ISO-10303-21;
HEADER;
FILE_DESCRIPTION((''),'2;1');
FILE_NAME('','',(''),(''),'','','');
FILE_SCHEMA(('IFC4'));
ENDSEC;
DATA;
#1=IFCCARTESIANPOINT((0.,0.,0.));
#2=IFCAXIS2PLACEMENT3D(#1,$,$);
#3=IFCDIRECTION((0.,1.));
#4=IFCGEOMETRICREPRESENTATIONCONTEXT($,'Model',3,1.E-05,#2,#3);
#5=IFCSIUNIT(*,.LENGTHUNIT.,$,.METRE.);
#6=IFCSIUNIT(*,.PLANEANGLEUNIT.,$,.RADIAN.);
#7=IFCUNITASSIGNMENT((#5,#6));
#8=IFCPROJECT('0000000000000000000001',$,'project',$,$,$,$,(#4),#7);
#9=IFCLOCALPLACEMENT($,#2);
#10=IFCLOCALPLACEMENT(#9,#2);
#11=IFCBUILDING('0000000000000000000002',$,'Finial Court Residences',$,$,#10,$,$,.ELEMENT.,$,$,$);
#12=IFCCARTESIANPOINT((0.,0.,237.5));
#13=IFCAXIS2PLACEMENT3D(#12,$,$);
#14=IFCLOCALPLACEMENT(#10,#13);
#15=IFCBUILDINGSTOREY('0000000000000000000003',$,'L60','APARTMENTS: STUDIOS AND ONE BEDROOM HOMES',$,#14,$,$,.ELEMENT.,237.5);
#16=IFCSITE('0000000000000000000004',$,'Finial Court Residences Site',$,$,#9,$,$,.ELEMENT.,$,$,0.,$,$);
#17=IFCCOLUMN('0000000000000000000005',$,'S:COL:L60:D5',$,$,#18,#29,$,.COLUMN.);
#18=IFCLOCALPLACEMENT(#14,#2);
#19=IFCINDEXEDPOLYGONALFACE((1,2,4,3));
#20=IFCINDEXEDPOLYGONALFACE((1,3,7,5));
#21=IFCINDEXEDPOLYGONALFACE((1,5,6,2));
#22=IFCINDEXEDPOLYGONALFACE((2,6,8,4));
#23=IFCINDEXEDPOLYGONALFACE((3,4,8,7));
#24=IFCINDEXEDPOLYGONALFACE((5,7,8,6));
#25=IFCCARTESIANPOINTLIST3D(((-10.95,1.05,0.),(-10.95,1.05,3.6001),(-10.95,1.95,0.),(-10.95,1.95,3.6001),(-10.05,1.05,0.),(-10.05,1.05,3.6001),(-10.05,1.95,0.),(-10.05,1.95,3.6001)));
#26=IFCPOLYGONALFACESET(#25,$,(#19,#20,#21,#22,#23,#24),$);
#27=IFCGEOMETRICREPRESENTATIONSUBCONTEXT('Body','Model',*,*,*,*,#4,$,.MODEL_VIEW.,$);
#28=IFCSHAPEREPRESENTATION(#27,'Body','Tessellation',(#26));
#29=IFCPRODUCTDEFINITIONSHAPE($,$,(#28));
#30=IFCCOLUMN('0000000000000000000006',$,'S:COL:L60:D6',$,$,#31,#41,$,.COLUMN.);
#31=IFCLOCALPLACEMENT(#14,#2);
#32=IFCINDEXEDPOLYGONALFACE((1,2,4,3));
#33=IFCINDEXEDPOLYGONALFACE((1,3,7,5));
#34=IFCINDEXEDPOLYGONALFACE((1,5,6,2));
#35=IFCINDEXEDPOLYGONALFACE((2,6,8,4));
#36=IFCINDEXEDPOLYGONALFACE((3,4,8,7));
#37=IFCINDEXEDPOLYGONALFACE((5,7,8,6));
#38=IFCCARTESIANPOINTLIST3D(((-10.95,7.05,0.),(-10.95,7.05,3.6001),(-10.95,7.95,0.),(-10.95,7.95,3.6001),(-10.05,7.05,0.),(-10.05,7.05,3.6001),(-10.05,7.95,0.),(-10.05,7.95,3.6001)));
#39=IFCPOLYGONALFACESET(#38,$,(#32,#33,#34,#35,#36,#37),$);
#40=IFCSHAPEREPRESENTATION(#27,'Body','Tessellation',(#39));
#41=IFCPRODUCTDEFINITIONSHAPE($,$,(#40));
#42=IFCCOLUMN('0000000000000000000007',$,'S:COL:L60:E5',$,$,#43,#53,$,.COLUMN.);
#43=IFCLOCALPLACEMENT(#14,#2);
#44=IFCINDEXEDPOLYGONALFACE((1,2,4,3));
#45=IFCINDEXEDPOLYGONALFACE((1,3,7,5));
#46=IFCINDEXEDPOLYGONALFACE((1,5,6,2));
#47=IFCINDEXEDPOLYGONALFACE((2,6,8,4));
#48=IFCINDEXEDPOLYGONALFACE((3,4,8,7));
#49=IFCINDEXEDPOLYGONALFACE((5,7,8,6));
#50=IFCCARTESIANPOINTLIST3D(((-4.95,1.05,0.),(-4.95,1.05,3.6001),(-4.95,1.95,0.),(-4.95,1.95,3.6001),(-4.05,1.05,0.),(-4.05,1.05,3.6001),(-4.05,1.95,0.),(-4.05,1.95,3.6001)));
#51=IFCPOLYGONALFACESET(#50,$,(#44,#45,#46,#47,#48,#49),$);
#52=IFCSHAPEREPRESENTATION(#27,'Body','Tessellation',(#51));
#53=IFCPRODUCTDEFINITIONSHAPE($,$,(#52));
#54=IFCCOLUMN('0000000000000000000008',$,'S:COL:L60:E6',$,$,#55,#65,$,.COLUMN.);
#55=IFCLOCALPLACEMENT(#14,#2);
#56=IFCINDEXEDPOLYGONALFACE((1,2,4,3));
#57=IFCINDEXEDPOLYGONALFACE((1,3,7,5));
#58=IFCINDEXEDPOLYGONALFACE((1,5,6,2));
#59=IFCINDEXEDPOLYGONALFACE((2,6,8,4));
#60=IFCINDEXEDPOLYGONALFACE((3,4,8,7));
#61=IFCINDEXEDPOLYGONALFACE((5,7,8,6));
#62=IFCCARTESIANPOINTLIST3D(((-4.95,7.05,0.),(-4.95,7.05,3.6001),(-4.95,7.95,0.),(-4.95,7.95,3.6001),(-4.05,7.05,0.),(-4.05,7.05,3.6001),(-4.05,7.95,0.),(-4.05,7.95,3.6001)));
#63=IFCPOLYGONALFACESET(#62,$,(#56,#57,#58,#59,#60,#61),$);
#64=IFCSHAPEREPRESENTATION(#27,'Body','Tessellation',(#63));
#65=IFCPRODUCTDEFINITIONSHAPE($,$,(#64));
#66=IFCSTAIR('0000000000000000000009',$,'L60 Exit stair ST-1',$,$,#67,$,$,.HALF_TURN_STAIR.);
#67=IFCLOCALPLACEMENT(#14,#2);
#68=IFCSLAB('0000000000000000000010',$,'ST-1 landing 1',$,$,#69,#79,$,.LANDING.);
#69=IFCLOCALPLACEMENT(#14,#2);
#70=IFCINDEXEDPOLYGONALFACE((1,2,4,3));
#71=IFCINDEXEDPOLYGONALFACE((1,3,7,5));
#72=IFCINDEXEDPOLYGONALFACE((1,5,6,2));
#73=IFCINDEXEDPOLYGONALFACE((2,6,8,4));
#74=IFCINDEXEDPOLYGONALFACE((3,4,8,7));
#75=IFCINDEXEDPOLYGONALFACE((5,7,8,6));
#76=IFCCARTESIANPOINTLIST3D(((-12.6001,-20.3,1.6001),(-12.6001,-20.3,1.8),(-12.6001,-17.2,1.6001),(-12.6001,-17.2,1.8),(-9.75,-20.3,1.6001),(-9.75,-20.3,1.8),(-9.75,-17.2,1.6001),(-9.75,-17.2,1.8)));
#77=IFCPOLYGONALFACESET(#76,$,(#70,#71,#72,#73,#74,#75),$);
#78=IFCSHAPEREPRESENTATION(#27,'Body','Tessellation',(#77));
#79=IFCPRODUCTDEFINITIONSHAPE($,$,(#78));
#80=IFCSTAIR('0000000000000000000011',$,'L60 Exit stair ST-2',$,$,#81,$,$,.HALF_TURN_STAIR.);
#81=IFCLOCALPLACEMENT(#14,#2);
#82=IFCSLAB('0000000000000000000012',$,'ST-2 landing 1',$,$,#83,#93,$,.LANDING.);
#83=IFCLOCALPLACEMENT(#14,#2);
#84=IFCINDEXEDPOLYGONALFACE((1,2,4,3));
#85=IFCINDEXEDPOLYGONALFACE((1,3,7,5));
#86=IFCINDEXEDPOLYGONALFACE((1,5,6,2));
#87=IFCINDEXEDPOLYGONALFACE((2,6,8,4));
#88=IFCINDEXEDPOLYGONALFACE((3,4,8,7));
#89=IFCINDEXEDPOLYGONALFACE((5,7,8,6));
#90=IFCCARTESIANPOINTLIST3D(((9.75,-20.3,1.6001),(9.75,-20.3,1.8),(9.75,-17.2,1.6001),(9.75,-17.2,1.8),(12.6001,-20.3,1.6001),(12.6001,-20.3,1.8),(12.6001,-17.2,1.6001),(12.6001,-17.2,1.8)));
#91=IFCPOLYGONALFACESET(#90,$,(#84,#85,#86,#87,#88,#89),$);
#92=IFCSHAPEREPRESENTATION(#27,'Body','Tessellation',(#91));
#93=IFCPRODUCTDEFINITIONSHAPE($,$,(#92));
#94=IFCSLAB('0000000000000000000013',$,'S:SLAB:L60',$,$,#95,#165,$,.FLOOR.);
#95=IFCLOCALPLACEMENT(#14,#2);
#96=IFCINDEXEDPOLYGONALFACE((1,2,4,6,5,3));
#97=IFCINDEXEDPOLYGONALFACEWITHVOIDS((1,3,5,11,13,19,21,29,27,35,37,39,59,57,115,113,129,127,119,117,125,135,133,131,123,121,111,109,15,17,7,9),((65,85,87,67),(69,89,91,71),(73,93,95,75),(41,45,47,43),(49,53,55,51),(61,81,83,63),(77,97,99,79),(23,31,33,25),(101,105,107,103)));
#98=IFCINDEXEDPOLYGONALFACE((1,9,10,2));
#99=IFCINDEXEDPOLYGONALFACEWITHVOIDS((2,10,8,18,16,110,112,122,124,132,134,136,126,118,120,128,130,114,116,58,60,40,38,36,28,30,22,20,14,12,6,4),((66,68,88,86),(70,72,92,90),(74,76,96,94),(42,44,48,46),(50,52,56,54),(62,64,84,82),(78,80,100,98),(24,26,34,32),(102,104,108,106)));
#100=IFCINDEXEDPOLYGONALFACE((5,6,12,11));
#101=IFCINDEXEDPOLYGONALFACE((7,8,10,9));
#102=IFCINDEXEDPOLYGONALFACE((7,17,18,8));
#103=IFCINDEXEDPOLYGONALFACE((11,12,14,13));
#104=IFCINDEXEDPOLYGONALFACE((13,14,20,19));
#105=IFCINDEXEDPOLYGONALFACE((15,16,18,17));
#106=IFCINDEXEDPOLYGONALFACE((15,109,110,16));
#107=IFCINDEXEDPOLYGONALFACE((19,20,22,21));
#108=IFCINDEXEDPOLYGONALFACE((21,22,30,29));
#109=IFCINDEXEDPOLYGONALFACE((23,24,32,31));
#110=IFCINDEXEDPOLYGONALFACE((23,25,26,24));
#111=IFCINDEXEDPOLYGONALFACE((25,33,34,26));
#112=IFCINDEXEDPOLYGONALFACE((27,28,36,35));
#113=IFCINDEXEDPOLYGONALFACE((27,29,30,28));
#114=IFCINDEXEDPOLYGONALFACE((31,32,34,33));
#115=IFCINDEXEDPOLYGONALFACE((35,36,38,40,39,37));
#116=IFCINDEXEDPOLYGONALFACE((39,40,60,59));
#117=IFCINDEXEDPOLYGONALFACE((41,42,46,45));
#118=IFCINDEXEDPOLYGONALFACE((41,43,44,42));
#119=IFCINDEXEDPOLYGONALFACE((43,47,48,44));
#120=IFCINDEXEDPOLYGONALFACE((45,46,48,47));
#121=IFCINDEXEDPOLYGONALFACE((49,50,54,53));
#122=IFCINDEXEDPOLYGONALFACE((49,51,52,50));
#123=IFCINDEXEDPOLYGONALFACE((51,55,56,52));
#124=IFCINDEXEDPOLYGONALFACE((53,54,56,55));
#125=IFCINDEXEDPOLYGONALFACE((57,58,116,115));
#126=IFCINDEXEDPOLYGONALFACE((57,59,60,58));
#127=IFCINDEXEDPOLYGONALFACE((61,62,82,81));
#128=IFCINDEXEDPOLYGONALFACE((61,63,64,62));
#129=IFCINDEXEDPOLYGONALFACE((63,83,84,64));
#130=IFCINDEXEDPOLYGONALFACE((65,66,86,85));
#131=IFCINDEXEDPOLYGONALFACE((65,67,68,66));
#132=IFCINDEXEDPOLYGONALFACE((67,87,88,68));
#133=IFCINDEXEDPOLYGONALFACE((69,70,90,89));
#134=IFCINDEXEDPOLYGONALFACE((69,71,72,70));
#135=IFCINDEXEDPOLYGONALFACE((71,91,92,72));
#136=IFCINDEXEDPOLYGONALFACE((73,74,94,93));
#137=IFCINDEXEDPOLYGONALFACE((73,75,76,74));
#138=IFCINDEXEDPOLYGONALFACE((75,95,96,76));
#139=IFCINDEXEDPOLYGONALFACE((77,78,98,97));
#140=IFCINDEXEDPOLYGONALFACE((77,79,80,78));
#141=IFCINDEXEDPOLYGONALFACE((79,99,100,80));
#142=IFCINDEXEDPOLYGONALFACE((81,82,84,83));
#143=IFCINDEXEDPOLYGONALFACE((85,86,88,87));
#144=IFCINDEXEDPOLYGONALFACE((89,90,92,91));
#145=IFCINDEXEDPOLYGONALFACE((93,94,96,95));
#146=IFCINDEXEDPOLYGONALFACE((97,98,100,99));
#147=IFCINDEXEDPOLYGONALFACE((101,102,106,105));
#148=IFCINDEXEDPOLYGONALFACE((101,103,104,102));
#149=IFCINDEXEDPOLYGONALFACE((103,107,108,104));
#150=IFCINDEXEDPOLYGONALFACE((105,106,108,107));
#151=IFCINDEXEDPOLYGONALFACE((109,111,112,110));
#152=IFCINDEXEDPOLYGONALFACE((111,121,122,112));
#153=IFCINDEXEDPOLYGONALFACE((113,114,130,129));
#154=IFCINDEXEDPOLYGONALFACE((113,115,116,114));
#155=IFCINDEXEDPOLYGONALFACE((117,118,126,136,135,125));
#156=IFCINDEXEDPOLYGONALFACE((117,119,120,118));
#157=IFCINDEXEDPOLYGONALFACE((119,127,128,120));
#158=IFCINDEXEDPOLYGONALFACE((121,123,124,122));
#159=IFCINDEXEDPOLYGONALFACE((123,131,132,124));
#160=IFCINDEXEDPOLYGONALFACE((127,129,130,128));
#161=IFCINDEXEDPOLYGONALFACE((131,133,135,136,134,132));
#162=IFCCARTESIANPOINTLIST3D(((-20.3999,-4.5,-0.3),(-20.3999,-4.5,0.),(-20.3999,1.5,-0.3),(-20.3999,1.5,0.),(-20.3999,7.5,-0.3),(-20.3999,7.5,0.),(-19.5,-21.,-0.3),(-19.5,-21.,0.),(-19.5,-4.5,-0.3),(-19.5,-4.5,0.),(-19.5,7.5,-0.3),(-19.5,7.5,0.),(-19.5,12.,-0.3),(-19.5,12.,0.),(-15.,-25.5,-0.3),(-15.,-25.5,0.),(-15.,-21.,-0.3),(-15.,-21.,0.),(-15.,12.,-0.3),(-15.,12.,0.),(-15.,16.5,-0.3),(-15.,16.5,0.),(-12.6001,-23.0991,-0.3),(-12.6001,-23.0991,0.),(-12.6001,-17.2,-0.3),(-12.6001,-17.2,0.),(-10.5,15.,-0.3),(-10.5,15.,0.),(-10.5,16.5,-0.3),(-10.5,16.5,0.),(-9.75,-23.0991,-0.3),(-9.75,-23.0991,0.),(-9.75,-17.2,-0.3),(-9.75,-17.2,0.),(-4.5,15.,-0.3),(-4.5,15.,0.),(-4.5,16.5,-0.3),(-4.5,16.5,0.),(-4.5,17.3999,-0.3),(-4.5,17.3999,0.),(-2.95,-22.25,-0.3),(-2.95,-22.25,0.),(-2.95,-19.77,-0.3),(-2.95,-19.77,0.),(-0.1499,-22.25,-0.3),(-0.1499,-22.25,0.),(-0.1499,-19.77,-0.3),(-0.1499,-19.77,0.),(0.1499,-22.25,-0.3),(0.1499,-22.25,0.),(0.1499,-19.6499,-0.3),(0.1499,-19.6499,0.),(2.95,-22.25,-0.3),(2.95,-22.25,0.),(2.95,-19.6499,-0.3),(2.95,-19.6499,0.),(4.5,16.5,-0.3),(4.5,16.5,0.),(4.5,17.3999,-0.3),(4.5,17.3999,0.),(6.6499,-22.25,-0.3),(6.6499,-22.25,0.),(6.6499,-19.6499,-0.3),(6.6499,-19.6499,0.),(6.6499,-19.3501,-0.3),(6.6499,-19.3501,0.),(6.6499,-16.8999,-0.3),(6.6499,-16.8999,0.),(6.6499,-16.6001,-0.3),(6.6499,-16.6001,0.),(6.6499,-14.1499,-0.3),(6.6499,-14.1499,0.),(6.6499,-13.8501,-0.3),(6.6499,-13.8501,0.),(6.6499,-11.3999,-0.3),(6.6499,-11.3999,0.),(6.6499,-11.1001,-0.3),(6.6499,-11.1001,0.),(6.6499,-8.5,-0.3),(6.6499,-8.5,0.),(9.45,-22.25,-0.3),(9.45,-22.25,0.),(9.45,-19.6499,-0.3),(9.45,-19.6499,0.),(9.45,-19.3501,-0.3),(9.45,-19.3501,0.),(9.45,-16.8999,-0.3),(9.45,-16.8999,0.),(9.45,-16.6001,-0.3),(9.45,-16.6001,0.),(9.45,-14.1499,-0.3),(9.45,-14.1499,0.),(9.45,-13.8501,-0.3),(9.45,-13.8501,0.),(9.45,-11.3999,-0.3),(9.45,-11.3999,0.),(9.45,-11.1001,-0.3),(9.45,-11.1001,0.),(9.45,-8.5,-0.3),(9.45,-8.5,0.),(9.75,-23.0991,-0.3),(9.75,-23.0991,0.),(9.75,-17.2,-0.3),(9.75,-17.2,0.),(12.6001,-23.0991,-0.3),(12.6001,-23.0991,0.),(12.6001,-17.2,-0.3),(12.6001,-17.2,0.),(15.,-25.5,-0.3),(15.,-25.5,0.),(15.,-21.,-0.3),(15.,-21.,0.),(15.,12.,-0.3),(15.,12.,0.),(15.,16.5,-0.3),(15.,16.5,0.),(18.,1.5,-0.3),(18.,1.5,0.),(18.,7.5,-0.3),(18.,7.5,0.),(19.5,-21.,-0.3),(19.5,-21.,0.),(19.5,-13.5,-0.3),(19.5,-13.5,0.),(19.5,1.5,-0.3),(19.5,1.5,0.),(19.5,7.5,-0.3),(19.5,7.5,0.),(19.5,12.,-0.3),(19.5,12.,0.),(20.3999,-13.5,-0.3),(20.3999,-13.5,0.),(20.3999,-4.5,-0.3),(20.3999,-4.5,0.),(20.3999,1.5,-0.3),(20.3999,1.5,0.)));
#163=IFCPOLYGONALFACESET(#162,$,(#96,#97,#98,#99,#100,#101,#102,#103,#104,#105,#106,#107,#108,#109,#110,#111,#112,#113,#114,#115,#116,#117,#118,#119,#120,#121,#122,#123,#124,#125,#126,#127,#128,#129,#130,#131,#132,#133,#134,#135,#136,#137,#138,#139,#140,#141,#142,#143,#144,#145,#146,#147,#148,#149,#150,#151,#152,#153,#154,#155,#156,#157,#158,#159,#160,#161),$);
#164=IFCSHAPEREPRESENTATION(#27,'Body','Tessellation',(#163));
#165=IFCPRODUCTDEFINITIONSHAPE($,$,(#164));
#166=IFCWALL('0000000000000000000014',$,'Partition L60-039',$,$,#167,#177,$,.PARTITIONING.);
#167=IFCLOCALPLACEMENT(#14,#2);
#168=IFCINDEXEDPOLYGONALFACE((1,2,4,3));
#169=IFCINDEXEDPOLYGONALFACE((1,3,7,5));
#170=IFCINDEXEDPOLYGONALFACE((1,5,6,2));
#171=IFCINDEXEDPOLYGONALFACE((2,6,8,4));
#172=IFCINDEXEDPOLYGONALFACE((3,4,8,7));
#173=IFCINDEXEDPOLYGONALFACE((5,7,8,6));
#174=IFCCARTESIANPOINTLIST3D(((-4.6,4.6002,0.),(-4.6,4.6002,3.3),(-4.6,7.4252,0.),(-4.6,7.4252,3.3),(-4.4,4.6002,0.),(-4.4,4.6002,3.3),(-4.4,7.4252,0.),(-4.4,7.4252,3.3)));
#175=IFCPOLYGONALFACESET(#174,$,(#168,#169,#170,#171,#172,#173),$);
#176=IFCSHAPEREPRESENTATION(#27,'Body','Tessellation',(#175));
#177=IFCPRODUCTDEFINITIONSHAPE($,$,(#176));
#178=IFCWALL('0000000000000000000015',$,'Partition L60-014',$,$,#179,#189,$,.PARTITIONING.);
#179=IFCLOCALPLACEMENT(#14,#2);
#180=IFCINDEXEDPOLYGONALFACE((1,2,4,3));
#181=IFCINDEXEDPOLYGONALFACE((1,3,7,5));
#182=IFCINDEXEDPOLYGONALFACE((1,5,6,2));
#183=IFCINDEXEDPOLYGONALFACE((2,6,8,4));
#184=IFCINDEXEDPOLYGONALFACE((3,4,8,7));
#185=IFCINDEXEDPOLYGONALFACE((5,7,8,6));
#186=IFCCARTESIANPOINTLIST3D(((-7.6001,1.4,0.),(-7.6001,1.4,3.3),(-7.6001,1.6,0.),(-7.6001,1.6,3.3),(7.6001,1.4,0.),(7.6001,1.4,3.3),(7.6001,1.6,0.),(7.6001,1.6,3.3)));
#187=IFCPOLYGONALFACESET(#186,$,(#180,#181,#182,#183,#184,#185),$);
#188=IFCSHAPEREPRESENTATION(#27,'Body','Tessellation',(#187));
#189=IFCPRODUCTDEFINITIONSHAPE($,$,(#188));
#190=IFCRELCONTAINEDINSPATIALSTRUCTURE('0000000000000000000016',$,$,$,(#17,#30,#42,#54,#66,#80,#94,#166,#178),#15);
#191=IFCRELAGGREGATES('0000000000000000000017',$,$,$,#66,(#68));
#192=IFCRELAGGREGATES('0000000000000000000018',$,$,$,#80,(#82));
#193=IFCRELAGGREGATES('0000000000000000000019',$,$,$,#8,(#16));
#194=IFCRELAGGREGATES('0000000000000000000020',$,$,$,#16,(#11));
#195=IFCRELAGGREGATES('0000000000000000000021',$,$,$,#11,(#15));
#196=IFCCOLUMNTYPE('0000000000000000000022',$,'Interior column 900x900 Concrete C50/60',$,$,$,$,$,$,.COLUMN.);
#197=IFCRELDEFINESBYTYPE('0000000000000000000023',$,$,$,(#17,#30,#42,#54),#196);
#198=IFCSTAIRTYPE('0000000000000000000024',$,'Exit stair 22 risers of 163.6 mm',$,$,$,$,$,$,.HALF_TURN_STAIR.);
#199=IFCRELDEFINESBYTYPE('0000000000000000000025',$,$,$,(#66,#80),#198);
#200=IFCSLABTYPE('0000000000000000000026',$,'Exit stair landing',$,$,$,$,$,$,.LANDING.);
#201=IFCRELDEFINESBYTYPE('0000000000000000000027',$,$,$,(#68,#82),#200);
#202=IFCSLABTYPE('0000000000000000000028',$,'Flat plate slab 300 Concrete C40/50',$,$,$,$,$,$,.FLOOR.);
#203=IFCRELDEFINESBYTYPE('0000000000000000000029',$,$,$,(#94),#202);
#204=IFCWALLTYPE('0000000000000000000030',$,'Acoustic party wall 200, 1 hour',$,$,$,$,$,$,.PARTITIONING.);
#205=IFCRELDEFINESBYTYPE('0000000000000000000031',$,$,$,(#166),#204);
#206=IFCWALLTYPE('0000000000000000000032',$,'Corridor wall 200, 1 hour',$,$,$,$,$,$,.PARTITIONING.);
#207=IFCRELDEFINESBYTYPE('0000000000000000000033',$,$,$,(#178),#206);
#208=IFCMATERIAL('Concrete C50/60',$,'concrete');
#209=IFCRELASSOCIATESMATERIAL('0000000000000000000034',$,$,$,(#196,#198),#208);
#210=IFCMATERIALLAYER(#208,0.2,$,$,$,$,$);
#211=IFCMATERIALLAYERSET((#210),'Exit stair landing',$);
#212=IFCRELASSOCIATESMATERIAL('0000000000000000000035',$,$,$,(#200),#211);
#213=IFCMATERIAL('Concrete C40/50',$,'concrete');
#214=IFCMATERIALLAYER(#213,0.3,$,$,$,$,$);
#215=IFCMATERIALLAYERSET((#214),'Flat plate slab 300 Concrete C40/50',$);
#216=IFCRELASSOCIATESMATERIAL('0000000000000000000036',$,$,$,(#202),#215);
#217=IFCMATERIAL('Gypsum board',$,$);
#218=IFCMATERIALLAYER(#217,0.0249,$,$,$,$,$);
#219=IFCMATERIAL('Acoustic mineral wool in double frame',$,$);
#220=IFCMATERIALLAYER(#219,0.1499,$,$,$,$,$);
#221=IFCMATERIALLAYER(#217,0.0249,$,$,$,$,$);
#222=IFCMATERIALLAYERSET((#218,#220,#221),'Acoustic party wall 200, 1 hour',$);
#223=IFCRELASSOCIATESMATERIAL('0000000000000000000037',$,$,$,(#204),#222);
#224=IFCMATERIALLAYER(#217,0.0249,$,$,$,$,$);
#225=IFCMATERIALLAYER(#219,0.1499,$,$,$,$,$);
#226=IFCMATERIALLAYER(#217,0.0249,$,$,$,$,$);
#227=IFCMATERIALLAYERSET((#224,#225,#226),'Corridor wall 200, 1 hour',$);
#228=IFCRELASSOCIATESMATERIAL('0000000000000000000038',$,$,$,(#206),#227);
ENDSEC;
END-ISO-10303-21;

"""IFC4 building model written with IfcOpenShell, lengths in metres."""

from ifc_helpers import new_model, si_unit, direction, frame, frame_2d, origin, origin_2d, place, context, subcontext, project, spatial, polyline, rectangle, outline, extrude, material, layer, layer_set, material_profile, profile_set, type_object, element, aggregate, save


model = new_model("IFC4")

# Units and contexts
model_context = context("Model", 3, precision=1e-05, world=origin(), true_north=direction((0.0, 1.0)))
body_context = subcontext(model_context, "Body", "Model", "MODEL_VIEW")
ifc_project = project(units=[si_unit("LENGTHUNIT", "METRE"), si_unit("PLANEANGLEUNIT", "RADIAN")], contexts=[model_context])

# Site, building, storey
site_placement = place(None, origin())
site = spatial("IfcSite", under=ifc_project, at=site_placement, Name="Finial Court Residences Site", CompositionType="ELEMENT", RefElevation=0.0)
building_placement = place(site_placement, origin())
building = spatial("IfcBuilding", under=site, at=building_placement, Name="Finial Court Residences", CompositionType="ELEMENT")
storey_placement = place(building_placement, frame((0.0, 0.0, 237.5)))
storey = spatial("IfcBuildingStorey", under=building, at=storey_placement, Name="L60", Description="APARTMENTS: STUDIOS AND ONE BEDROOM HOMES", CompositionType="ELEMENT", Elevation=237.5)

# Columns
ifc_material_1 = material(Name="Concrete C50/60", Category="concrete")
ifc_material_profile = material_profile(ifc_material_1, rectangle(XDim=0.8999, YDim=0.8999, at=origin_2d()), Name="900x900")
ifc_profile_set = profile_set([ifc_material_profile], Name="Concrete C50/60")
column_type = type_object("IfcColumnType", Name="Interior column 900x900 Concrete C50/60", PredefinedType="COLUMN", material=ifc_profile_set)
for number, where, z_axis, x_axis, name in (
    (1, (-10.5, 1.5, 0.0), (0.0, 0.0, 1.0), (1.0, 0.0, 0.0), "S:COL:L60:D5"),
    (2, (-10.5, 7.5, 0.0), (0.0, 0.0, 1.0), (1.0, 0.0, 0.0), "S:COL:L60:D6"),
    (3, (-4.5, 1.5, 0.0), (0.0, 0.0, 1.0), (1.0, 0.0, 0.0), "S:COL:L60:E5"),
    (4, (-4.5, 7.5, 0.0), (0.0, 0.0, 1.0), (1.0, 0.0, 0.0), "S:COL:L60:E6"),
):
    element("IfcColumn", number, at=place(storey_placement, frame(where, z_axis=z_axis, x_axis=x_axis)), inside=storey, type_object=column_type, Name=name, PredefinedType="COLUMN", context=body_context, shape_type="SweptSolid", body=[
        extrude(rectangle(XDim=0.8999, YDim=0.8999, at=origin_2d()), origin(), (0.0, 0.0, 1.0), 3.6001),
    ])

# Stairs, slabs
stair_type = type_object("IfcStairType", Name="Exit stair 22 risers of 163.6 mm", PredefinedType="HALF_TURN_STAIR", material=ifc_material_1)
stair_1_placement = place(storey_placement, origin())
stair_1 = element("IfcStair", 5, at=stair_1_placement, inside=storey, type_object=stair_type, Name="L60 Exit stair ST-1", PredefinedType="HALF_TURN_STAIR")
ifc_layer_1 = layer(ifc_material_1, 0.2)
ifc_layer_set_1 = layer_set([ifc_layer_1], Name="Exit stair landing")
slab_type_1 = type_object("IfcSlabType", Name="Exit stair landing", PredefinedType="LANDING", material=ifc_layer_set_1)
slab_1_placement = place(storey_placement, frame((0.0, 0.0, 1.6001)))
slab_1 = element("IfcSlab", 6, at=slab_1_placement, type_object=slab_type_1, Name="ST-1 landing 1", PredefinedType="LANDING", context=body_context, shape_type="SweptSolid", body=[
    extrude(outline(polyline([(-9.75, -20.3), (-9.75, -17.2), (-12.6001, -17.2), (-12.6001, -20.3), (-9.75, -20.3)])), origin(), (0.0, 0.0, 1.0), 0.2),
])
aggregate(stair_1, [slab_1])
stair_2_placement = place(storey_placement, origin())
stair_2 = element("IfcStair", 7, at=stair_2_placement, inside=storey, type_object=stair_type, Name="L60 Exit stair ST-2", PredefinedType="HALF_TURN_STAIR")
slab_2_placement = place(storey_placement, frame((0.0, 0.0, 1.6001)))
slab_2 = element("IfcSlab", 8, at=slab_2_placement, type_object=slab_type_1, Name="ST-2 landing 1", PredefinedType="LANDING", context=body_context, shape_type="SweptSolid", body=[
    extrude(outline(polyline([(12.6001, -20.3), (12.6001, -17.2), (9.75, -17.2), (9.75, -20.3), (12.6001, -20.3)])), origin(), (0.0, 0.0, 1.0), 0.2),
])
aggregate(stair_2, [slab_2])

# Slab
ifc_material_2 = material(Name="Concrete C40/50", Category="concrete")
ifc_layer_2 = layer(ifc_material_2, 0.3)
ifc_layer_set_2 = layer_set([ifc_layer_2], Name="Flat plate slab 300 Concrete C40/50")
slab_type_2 = type_object("IfcSlabType", Name="Flat plate slab 300 Concrete C40/50", PredefinedType="FLOOR", material=ifc_layer_set_2)
slab_3_placement = place(storey_placement, frame((0.0, 0.0, -0.3)))
element("IfcSlab", 9, at=slab_3_placement, inside=storey, type_object=slab_type_2, Name="S:SLAB:L60", PredefinedType="FLOOR", context=body_context, shape_type="SweptSolid", body=[
    extrude(outline(polyline([(15.0, -25.5), (-15.0, -25.5), (-15.0, -21.0), (-19.5, -21.0), (-19.5, -4.5), (-20.3999, -4.5), (-20.3999, 1.5), (-20.3999, 7.5), (-19.5, 7.5), (-19.5, 12.0), (-15.0, 12.0), (-15.0, 16.5), (-10.5, 16.5), (-10.5, 15.0), (-4.5, 15.0), (-4.5, 16.5), (-4.5, 17.3999), (4.5, 17.3999), (4.5, 16.5), (15.0, 16.5), (15.0, 12.0), (19.5, 12.0), (19.5, 7.5), (18.0, 7.5), (18.0, 1.5), (19.5, 1.5), (20.3999, 1.5), (20.3999, -4.5), (20.3999, -13.5), (19.5, -13.5), (19.5, -21.0), (15.0, -21.0), (15.0, -25.5)]), holes=[polyline([(-0.1499, -19.77), (-2.95, -19.77), (-2.95, -22.25), (-0.1499, -22.25), (-0.1499, -19.77)]), polyline([(2.95, -19.6499), (0.1499, -19.6499), (0.1499, -22.25), (2.95, -22.25), (2.95, -19.6499)]), polyline([(9.45, -19.6499), (6.6499, -19.6499), (6.6499, -22.25), (9.45, -22.25), (9.45, -19.6499)]), polyline([(-12.6001, -17.2), (-12.6001, -23.0991), (-9.75, -23.0991), (-9.75, -17.2), (-12.6001, -17.2)]), polyline([(9.75, -17.2), (9.75, -23.0991), (12.6001, -23.0991), (12.6001, -17.2), (9.75, -17.2)]), polyline([(9.45, -16.8999), (6.6499, -16.8999), (6.6499, -19.3501), (9.45, -19.3501), (9.45, -16.8999)]), polyline([(9.45, -14.1499), (6.6499, -14.1499), (6.6499, -16.6001), (9.45, -16.6001), (9.45, -14.1499)]), polyline([(9.45, -13.8501), (9.45, -11.3999), (6.6499, -11.3999), (6.6499, -13.8501), (9.45, -13.8501)]), polyline([(9.45, -11.1001), (9.45, -8.5), (6.6499, -8.5), (6.6499, -11.1001), (9.45, -11.1001)])]), origin(), (0.0, 0.0, 1.0), 0.3),
])

# Walls
ifc_material_3 = material(Name="Gypsum board")
ifc_layer_3 = layer(ifc_material_3, 0.0249)
ifc_material_4 = material(Name="Acoustic mineral wool in double frame")
ifc_layer_4 = layer(ifc_material_4, 0.1499)
ifc_layer_5 = layer(ifc_material_3, 0.0249)
ifc_layer_set_3 = layer_set([ifc_layer_3, ifc_layer_4, ifc_layer_5], Name="Acoustic party wall 200, 1 hour")
wall_type_1 = type_object("IfcWallType", Name="Acoustic party wall 200, 1 hour", PredefinedType="PARTITIONING", material=ifc_layer_set_3)
wall_1_placement = place(storey_placement, frame((-4.5, 4.6001, 0.0), z_axis=(0.0, 0.0, 1.0), x_axis=(0.0, 1.0, 0.0)))
element("IfcWall", 10, at=wall_1_placement, inside=storey, type_object=wall_type_1, Name="Partition L60-039", PredefinedType="PARTITIONING", context=body_context, shape_type="SweptSolid", body=[
    extrude(rectangle(XDim=2.825, YDim=0.2, at=frame_2d((1.4126, 0.0))), origin(), (0.0, 0.0, 1.0), 3.3),
])
ifc_layer_6 = layer(ifc_material_3, 0.0249)
ifc_layer_7 = layer(ifc_material_4, 0.1499)
ifc_layer_8 = layer(ifc_material_3, 0.0249)
ifc_layer_set_4 = layer_set([ifc_layer_6, ifc_layer_7, ifc_layer_8], Name="Corridor wall 200, 1 hour")
wall_type_2 = type_object("IfcWallType", Name="Corridor wall 200, 1 hour", PredefinedType="PARTITIONING", material=ifc_layer_set_4)
wall_2_placement = place(storey_placement, frame((-7.6001, 1.5, 0.0), z_axis=(0.0, 0.0, 1.0), x_axis=(1.0, 0.0, 0.0)))
element("IfcWall", 11, at=wall_2_placement, inside=storey, type_object=wall_type_2, Name="Partition L60-014", PredefinedType="PARTITIONING", context=body_context, shape_type="SweptSolid", body=[
    extrude(rectangle(XDim=15.2002, YDim=0.2, at=frame_2d((7.6001, 0.0))), origin(), (0.0, 0.0, 1.0), 3.3),
])

save(model, "model.ifc")
